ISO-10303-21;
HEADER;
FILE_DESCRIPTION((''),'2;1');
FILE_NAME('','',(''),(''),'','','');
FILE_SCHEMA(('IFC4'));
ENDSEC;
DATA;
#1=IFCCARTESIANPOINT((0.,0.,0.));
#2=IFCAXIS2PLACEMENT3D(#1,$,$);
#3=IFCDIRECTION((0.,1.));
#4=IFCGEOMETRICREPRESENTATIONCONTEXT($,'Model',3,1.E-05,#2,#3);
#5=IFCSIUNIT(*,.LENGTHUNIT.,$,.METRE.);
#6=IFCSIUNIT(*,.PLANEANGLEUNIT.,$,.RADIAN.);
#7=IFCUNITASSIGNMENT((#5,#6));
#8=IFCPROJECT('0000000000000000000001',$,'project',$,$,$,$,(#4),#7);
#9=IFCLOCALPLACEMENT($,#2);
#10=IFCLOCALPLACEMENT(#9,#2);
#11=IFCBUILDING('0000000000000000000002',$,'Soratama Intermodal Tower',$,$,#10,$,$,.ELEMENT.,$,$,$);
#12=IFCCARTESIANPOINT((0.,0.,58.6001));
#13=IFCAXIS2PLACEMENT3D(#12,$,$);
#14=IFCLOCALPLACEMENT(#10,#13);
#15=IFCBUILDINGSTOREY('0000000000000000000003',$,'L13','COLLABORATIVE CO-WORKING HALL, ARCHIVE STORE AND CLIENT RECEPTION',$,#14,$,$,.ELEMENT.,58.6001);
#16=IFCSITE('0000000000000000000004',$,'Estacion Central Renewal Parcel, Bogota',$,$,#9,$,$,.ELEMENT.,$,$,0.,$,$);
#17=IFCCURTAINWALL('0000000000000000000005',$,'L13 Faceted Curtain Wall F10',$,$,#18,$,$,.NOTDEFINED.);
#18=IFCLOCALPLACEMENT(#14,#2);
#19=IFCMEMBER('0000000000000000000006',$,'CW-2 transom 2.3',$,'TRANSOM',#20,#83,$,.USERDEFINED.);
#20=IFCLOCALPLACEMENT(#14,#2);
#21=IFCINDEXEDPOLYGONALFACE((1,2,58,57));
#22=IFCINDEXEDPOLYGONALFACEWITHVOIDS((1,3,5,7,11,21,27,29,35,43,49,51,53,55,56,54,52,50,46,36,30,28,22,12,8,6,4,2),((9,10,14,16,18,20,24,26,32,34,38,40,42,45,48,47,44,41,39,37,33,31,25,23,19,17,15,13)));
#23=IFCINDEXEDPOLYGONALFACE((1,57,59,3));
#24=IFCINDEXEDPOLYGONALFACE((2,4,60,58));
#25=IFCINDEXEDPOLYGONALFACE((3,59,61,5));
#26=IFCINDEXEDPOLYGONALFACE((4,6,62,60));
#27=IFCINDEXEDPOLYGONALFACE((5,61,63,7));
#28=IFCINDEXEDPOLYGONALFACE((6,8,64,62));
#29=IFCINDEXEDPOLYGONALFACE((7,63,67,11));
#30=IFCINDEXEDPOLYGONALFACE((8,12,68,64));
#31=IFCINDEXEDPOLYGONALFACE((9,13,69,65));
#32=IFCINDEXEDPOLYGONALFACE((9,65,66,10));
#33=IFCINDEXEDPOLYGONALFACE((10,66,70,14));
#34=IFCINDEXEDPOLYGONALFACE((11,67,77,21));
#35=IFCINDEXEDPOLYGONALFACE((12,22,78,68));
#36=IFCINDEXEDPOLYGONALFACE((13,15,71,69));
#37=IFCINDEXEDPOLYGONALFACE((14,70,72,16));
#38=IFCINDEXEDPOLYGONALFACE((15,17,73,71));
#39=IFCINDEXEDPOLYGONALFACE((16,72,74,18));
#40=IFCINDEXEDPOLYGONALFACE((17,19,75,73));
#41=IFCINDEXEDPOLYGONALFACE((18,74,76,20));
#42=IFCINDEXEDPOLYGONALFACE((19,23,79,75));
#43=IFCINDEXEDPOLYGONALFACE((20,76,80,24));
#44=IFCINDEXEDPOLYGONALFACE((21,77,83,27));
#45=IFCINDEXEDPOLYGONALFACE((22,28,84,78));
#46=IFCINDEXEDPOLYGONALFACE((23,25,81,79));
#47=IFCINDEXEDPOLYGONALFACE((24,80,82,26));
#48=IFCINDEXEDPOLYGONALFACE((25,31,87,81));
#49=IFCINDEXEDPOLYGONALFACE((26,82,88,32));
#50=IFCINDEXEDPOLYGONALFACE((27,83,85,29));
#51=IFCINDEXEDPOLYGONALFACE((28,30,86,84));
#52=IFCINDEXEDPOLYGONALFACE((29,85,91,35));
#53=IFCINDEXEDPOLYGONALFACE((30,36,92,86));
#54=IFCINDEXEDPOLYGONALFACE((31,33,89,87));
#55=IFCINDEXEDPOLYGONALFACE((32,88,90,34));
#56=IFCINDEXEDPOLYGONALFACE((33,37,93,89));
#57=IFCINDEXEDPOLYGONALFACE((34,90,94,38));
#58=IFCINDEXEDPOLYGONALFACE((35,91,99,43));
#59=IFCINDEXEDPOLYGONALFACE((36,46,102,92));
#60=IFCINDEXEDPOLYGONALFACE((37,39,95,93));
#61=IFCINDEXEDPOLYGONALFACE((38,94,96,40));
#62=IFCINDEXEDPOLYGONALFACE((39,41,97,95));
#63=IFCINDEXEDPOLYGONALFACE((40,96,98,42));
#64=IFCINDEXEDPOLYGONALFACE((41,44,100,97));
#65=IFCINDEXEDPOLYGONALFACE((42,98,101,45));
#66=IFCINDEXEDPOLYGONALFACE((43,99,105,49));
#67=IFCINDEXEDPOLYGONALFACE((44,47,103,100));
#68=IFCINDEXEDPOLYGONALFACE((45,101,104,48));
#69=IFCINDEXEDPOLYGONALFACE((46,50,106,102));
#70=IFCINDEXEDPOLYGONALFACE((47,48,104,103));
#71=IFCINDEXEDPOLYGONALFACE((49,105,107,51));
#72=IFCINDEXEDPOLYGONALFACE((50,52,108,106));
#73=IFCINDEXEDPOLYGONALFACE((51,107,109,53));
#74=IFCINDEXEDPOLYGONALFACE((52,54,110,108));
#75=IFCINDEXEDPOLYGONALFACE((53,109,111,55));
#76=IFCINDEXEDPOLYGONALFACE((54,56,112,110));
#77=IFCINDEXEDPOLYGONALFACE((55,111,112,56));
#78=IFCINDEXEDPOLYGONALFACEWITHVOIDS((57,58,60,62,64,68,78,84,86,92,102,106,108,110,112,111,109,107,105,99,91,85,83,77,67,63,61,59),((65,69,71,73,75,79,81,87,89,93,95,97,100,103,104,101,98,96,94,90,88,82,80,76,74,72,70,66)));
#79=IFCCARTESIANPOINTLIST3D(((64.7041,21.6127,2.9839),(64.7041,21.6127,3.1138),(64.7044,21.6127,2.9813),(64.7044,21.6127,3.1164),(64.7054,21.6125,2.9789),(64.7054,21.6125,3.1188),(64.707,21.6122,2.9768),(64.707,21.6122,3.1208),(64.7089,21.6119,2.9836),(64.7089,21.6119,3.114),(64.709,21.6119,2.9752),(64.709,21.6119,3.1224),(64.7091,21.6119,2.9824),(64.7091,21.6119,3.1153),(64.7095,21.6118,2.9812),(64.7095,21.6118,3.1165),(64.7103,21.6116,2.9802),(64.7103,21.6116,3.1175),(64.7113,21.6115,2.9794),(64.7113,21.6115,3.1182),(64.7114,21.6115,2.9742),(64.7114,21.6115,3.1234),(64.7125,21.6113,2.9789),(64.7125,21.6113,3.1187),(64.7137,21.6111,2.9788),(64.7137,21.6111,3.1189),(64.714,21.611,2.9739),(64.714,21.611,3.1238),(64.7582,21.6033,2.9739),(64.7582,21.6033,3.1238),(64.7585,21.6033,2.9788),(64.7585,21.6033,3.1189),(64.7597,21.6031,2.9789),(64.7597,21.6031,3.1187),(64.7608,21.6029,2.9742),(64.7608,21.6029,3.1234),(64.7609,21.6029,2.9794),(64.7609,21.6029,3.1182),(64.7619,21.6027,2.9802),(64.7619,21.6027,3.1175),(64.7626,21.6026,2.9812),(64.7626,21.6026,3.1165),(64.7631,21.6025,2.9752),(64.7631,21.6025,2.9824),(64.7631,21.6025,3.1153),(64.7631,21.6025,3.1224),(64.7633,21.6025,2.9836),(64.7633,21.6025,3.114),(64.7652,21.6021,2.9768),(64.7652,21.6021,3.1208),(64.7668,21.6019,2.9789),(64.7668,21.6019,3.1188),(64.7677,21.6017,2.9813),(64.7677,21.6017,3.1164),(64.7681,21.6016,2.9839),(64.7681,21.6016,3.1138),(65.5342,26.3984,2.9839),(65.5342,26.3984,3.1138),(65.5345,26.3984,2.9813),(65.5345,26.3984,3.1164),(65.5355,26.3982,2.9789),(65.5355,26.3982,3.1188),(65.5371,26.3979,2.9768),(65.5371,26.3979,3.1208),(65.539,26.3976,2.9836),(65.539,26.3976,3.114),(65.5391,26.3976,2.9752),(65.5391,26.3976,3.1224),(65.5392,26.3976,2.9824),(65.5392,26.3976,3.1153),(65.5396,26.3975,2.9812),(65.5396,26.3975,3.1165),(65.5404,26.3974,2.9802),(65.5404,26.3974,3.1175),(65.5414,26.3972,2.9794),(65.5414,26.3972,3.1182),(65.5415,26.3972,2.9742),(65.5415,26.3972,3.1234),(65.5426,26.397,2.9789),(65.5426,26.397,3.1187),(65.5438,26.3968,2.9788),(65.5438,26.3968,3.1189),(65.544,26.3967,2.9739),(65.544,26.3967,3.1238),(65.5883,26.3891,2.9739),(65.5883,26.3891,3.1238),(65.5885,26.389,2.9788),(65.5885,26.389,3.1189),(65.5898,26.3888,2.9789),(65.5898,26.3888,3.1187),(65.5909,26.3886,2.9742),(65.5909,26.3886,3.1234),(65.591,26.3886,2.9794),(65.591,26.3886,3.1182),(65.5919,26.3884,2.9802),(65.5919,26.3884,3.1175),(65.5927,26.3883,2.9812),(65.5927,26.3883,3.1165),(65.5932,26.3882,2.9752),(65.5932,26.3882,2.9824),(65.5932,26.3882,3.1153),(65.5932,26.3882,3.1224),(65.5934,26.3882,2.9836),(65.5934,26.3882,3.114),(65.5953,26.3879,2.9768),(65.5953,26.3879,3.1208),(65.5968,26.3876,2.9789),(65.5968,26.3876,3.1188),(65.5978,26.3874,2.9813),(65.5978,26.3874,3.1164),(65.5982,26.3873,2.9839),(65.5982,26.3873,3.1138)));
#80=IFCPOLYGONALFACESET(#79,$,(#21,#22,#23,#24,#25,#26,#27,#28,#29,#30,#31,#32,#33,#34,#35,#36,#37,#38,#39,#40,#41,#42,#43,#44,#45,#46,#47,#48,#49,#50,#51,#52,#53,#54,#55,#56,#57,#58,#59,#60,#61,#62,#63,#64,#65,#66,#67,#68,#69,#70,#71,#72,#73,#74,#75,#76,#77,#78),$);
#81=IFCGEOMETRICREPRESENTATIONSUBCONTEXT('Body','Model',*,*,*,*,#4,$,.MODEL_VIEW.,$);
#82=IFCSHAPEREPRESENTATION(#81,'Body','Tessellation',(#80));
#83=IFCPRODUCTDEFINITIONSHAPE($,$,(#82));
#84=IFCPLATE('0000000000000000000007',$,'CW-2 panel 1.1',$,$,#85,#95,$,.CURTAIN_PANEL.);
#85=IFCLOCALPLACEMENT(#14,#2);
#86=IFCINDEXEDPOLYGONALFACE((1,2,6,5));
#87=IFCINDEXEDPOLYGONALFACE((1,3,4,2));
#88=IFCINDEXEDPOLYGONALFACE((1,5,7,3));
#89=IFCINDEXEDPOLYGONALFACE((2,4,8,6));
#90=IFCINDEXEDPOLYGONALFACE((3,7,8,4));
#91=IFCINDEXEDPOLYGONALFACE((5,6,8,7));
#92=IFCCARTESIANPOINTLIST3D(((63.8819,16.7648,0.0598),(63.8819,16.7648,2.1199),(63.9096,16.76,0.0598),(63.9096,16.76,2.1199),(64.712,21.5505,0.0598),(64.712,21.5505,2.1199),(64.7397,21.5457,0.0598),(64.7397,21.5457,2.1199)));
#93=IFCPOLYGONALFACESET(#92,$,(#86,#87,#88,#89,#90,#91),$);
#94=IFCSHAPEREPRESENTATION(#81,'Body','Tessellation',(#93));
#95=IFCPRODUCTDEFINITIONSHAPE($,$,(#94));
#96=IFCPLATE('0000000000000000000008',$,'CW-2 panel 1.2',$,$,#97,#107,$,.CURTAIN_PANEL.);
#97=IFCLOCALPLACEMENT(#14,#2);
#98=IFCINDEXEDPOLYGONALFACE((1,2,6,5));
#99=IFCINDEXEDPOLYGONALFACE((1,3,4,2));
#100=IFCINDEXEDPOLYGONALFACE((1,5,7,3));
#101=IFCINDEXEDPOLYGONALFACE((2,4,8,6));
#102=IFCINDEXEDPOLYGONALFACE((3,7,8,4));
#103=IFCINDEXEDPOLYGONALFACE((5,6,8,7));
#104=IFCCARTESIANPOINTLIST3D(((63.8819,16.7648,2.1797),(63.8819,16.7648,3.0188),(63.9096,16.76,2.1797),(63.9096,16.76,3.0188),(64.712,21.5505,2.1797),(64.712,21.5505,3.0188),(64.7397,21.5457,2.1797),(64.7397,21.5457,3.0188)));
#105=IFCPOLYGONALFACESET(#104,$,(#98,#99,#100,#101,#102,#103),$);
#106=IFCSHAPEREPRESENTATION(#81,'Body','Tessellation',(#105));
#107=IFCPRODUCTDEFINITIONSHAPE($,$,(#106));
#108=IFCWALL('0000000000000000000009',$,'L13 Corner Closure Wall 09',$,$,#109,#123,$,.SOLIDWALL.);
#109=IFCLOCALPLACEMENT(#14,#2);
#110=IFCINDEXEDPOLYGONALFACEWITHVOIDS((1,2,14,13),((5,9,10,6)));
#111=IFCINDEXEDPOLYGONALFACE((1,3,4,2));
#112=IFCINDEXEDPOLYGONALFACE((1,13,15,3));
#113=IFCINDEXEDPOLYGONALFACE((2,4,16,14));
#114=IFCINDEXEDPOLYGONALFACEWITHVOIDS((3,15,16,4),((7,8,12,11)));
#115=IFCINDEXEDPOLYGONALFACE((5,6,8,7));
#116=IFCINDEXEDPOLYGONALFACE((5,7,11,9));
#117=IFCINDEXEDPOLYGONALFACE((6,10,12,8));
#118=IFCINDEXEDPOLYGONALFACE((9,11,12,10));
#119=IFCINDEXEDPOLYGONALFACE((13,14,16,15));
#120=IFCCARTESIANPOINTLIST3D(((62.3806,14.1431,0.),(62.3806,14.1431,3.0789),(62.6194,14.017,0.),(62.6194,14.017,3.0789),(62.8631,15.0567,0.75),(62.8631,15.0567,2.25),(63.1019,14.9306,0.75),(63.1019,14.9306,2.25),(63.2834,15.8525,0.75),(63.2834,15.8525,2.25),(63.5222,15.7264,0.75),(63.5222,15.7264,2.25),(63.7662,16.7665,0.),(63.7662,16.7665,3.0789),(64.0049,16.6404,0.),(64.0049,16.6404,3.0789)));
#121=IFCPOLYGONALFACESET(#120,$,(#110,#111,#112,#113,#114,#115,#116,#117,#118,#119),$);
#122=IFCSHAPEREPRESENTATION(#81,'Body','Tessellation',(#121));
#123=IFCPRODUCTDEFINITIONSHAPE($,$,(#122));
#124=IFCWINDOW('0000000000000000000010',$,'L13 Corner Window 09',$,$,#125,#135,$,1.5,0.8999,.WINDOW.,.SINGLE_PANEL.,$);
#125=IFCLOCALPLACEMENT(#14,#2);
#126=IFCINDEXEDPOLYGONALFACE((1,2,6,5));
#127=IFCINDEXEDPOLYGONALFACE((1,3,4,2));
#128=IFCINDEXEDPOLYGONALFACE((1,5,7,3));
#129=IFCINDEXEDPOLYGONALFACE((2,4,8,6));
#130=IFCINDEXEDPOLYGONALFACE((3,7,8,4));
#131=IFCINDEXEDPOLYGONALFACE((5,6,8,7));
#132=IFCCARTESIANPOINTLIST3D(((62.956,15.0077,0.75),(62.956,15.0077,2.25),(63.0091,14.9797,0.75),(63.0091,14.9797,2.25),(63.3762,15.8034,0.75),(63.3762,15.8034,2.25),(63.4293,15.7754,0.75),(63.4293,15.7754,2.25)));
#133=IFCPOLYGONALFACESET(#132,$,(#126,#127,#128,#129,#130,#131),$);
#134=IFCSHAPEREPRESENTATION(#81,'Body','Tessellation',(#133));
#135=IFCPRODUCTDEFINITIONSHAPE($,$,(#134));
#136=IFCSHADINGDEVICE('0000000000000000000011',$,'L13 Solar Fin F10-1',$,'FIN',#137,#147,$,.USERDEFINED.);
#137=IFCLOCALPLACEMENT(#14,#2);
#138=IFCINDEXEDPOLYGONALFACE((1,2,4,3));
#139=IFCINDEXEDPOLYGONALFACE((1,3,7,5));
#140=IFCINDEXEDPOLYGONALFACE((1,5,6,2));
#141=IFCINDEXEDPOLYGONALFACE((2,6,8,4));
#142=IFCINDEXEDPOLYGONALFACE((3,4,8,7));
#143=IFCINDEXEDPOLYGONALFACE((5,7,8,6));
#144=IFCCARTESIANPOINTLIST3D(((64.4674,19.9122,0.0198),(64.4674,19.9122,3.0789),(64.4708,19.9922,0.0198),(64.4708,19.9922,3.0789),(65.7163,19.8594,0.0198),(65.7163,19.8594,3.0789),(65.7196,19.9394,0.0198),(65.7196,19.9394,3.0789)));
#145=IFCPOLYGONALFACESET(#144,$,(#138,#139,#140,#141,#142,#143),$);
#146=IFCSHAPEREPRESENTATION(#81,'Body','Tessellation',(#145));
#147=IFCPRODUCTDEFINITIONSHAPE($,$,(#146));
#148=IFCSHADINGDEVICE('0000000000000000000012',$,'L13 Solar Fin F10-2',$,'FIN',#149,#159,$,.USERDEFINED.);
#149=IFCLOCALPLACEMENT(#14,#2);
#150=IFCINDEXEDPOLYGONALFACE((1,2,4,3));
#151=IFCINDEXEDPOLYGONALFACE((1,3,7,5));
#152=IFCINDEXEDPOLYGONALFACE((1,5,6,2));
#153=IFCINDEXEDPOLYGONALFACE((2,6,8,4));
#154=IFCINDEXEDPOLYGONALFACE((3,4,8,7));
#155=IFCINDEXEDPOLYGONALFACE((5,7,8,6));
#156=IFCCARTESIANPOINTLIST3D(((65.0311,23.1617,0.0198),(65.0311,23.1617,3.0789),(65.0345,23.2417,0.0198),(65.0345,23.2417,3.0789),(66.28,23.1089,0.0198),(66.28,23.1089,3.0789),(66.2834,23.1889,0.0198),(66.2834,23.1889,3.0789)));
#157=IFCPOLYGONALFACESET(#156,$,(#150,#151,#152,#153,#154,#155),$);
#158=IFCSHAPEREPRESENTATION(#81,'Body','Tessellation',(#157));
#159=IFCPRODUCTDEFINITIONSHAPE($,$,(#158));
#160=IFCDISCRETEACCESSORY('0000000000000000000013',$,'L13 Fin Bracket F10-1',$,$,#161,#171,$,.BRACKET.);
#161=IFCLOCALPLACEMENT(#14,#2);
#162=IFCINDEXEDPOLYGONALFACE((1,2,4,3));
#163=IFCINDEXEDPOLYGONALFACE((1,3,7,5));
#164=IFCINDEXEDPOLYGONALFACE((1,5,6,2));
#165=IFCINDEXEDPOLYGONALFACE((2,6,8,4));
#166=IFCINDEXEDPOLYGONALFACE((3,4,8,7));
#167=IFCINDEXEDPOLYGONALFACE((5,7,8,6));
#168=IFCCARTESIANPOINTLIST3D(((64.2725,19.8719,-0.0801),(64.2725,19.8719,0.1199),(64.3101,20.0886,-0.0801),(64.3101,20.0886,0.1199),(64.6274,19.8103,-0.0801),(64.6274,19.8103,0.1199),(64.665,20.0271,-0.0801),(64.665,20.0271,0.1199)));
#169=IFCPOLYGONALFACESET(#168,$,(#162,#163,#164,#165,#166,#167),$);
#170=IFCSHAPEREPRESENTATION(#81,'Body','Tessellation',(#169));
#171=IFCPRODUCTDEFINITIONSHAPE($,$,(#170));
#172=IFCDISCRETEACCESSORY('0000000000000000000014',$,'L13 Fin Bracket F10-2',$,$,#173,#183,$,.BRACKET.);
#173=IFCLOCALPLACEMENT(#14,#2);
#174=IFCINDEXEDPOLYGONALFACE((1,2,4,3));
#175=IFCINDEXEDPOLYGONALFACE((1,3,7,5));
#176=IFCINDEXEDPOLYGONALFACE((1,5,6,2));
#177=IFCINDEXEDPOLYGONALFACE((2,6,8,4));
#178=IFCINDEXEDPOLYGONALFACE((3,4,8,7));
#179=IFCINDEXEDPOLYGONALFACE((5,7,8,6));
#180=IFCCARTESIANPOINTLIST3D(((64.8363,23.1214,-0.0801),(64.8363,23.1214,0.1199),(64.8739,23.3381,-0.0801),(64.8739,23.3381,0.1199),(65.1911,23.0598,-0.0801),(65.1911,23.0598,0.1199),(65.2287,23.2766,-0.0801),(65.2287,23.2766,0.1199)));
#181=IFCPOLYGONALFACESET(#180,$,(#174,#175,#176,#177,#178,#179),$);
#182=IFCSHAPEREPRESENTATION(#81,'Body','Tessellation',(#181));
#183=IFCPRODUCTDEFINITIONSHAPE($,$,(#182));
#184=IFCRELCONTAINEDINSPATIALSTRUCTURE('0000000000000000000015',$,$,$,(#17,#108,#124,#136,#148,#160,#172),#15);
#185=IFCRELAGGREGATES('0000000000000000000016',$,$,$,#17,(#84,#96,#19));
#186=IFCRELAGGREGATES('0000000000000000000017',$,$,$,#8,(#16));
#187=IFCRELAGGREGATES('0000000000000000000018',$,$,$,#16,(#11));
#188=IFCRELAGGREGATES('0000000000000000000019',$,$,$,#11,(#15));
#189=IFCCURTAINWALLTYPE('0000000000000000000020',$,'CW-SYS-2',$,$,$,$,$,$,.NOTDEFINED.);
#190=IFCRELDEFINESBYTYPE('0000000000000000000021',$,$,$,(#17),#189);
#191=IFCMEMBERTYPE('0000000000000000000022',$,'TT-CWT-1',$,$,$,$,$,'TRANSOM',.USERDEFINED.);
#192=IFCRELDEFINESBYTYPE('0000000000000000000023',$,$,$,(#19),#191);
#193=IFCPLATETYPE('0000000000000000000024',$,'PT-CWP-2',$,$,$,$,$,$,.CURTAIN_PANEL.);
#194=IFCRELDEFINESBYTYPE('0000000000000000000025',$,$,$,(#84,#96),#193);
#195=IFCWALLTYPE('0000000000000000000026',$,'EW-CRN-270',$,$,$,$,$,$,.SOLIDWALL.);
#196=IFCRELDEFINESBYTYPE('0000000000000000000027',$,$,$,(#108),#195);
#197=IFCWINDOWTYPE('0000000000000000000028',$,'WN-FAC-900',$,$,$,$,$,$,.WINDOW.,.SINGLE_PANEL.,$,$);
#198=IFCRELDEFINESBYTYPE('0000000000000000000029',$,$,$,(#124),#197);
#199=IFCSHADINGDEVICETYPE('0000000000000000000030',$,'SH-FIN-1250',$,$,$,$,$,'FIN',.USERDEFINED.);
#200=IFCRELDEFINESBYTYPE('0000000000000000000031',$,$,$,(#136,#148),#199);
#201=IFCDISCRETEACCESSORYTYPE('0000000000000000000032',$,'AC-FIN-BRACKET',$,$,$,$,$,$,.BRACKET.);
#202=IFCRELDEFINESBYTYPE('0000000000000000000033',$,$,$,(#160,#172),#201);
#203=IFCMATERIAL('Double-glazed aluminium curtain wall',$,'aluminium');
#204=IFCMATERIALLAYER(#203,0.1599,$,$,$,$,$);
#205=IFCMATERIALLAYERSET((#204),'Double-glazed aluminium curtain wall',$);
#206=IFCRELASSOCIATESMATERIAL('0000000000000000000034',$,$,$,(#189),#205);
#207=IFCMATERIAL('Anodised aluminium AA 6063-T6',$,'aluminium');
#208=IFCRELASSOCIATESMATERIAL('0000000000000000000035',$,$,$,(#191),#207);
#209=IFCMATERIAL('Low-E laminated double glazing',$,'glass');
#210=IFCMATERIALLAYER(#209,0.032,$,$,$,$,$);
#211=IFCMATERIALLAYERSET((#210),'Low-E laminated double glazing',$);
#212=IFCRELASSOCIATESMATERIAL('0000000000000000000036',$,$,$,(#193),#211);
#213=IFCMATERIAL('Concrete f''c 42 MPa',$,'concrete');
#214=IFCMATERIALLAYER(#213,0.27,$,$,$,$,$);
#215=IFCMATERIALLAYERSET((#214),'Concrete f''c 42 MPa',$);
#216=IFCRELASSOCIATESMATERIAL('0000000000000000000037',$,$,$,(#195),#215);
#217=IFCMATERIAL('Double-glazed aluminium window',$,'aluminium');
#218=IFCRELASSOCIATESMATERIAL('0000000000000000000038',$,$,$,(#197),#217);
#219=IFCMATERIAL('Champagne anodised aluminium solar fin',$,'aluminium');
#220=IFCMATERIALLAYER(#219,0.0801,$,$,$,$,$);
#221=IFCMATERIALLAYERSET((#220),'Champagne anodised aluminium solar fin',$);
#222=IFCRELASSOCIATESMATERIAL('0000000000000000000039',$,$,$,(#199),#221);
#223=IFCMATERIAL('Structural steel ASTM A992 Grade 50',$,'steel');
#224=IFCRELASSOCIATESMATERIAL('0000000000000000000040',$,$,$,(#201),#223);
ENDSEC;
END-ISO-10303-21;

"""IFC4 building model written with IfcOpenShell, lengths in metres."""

from ifc_helpers import new_model, si_unit, direction, frame, frame_2d, origin, origin_2d, place, context, subcontext, project, spatial, rectangle, hollow_rectangle, extrude, material, layer, layer_set, material_profile, profile_set, type_object, element, fill, aggregate, save


model = new_model("IFC4")

# Units and contexts
model_context = context("Model", 3, precision=1e-05, world=origin(), true_north=direction((0.0, 1.0)))
body_context = subcontext(model_context, "Body", "Model", "MODEL_VIEW")
ifc_project = project(units=[si_unit("LENGTHUNIT", "METRE"), si_unit("PLANEANGLEUNIT", "RADIAN")], contexts=[model_context])

# Site, building, storey
site_placement = place(None, origin())
site = spatial("IfcSite", under=ifc_project, at=site_placement, Name="Estacion Central Renewal Parcel, Bogota", CompositionType="ELEMENT", RefElevation=0.0)
building_placement = place(site_placement, origin())
building = spatial("IfcBuilding", under=site, at=building_placement, Name="Soratama Intermodal Tower", CompositionType="ELEMENT")
storey_placement = place(building_placement, frame((0.0, 0.0, 58.6001)))
storey = spatial("IfcBuildingStorey", under=building, at=storey_placement, Name="L13", Description="COLLABORATIVE CO-WORKING HALL, ARCHIVE STORE AND CLIENT RECEPTION", CompositionType="ELEMENT", Elevation=58.6001)

# Shared definitions
ifc_material_1 = material(Name="Double-glazed aluminium curtain wall", Category="aluminium")
ifc_layer_1 = layer(ifc_material_1, 0.1599)
ifc_layer_set_1 = layer_set([ifc_layer_1], Name="Double-glazed aluminium curtain wall")
curtain_wall_type = type_object("IfcCurtainWallType", Name="CW-SYS-2", PredefinedType="NOTDEFINED", material=ifc_layer_set_1)

# Curtain wall, member, plates
curtain_wall_1_placement = place(storey_placement, origin())
curtain_wall_1 = element("IfcCurtainWall", 1, at=curtain_wall_1_placement, inside=storey, type_object=curtain_wall_type, Name="L13 Faceted Curtain Wall F10", PredefinedType="NOTDEFINED")
ifc_material_2 = material(Name="Anodised aluminium AA 6063-T6", Category="aluminium")
ifc_material_profile_1 = material_profile(ifc_material_2, hollow_rectangle(XDim=0.0649, YDim=0.1499, WallThickness=0.0049, InnerFilletRadius=0.0049, OuterFilletRadius=0.01, at=origin_2d()), Name="CWT150X65X5")
ifc_profile_set_1 = profile_set([ifc_material_profile_1], Name="Anodised aluminium AA 6063-T6")
member_type_1 = type_object("IfcMemberType", Name="TT-CWT-1", ElementType="TRANSOM", PredefinedType="USERDEFINED", material=ifc_profile_set_1)
member_1_placement = place(storey_placement, frame((64.7361, 21.6072, 3.0488), z_axis=(0.1709, 0.985288, 0.0), x_axis=(-0.985288, 0.1709, 0.0)))
member_1 = element("IfcMember", 2, at=member_1_placement, type_object=member_type_1, Name="CW-2 transom 2.3", ObjectType="TRANSOM", PredefinedType="USERDEFINED", context=body_context, shape_type="SweptSolid", body=[
    extrude(hollow_rectangle(XDim=0.0649, YDim=0.1499, WallThickness=0.0049, InnerFilletRadius=0.0049, OuterFilletRadius=0.01, at=origin_2d()), origin(), (0.0, 0.0, 1.0), 4.8572),
])
ifc_material_3 = material(Name="Low-E laminated double glazing", Category="glass")
ifc_layer_2 = layer(ifc_material_3, 0.032)
ifc_layer_set_2 = layer_set([ifc_layer_2], Name="Low-E laminated double glazing")
plate_type = type_object("IfcPlateType", Name="PT-CWP-2", PredefinedType="CURTAIN_PANEL", material=ifc_layer_set_2)
plate_1_placement = place(storey_placement, frame((64.3108, 19.1553, 0.0598), z_axis=(0.0, 0.0, 1.0), x_axis=(0.170899, 0.985289, 0.0)))
plate_1 = element("IfcPlate", 3, at=plate_1_placement, type_object=plate_type, Name="CW-2 panel 1.1", PredefinedType="CURTAIN_PANEL", context=body_context, shape_type="SweptSolid", body=[
    extrude(rectangle(XDim=4.8572, YDim=0.0281, at=origin_2d()), origin(), (0.0, 0.0, 1.0), 2.0601),
])
plate_2_placement = place(storey_placement, frame((64.3108, 19.1553, 2.1797), z_axis=(0.0, 0.0, 1.0), x_axis=(0.170899, 0.985289, 0.0)))
plate_2 = element("IfcPlate", 4, at=plate_2_placement, type_object=plate_type, Name="CW-2 panel 1.2", PredefinedType="CURTAIN_PANEL", context=body_context, shape_type="SweptSolid", body=[
    extrude(rectangle(XDim=4.8572, YDim=0.0281, at=origin_2d()), origin(), (0.0, 0.0, 1.0), 0.8391),
])
aggregate(curtain_wall_1, [plate_1, plate_2, member_1])

# Wall, opening, window
ifc_material_4 = material(Name="Concrete f'c 42 MPa", Category="concrete")
ifc_layer_3 = layer(ifc_material_4, 0.27)
ifc_layer_set_3 = layer_set([ifc_layer_3], Name="Concrete f'c 42 MPa")
wall_type = type_object("IfcWallType", Name="EW-CRN-270", PredefinedType="SOLIDWALL", material=ifc_layer_set_3)
wall_placement = place(storey_placement, frame((62.5, 14.0801, 0.0), z_axis=(0.0, 0.0, 1.0), x_axis=(0.467018, 0.884248, 0.0)))
wall = element("IfcWall", 5, at=wall_placement, inside=storey, type_object=wall_type, Name="L13 Corner Closure Wall 09", PredefinedType="SOLIDWALL", context=body_context, shape_type="SweptSolid", body=[
    extrude(rectangle(XDim=2.9668, YDim=0.27, at=frame_2d((1.4834, 0.0))), origin(), (0.0, 0.0, 1.0), 3.0789),
])
opening_placement = place(wall_placement, frame((1.0332, 0.0, 0.75)))
opening = element("IfcOpeningElement", 6, at=opening_placement, cuts=wall, PredefinedType="OPENING", context=body_context, shape_type="SweptSolid", body=[
    extrude(rectangle(XDim=0.8999, YDim=1.5, at=frame_2d((0.45, 0.75))), frame((0.0, 0.145, 0.0), z_axis=(0.0, -1.0, 0.0), x_axis=(1.0, 0.0, 0.0)), (0.0, 0.0, 1.0), 0.29),
])
ifc_material_5 = material(Name="Double-glazed aluminium window", Category="aluminium")
window_type = type_object("IfcWindowType", Name="WN-FAC-900", PartitioningType="SINGLE_PANEL", PredefinedType="WINDOW", material=ifc_material_5)
window_placement = place(opening_placement, origin())
window = element("IfcWindow", 7, at=window_placement, inside=storey, type_object=window_type, Name="L13 Corner Window 09", OverallHeight=1.5, OverallWidth=0.8999, PartitioningType="SINGLE_PANEL", PredefinedType="WINDOW", context=body_context, shape_type="SweptSolid", body=[
    extrude(rectangle(XDim=0.8999, YDim=1.5, at=frame_2d((0.45, 0.75))), frame((0.0, 0.03, 0.0), z_axis=(0.0, -1.0, 0.0), x_axis=(1.0, 0.0, 0.0)), (0.0, 0.0, 1.0), 0.0601),
])
fill(opening, window)

# Shading devices
ifc_material_6 = material(Name="Champagne anodised aluminium solar fin", Category="aluminium")
ifc_layer_4 = layer(ifc_material_6, 0.0801)
ifc_layer_set_4 = layer_set([ifc_layer_4], Name="Champagne anodised aluminium solar fin")
shading_device_type = type_object("IfcShadingDeviceType", Name="SH-FIN-1250", ElementType="FIN", PredefinedType="USERDEFINED", material=ifc_layer_set_4)
for number, where, z_axis, x_axis, name in (
    (8, (65.0935, 19.9258, 0.0198), (0.0, 0.0, 1.0), (0.999108, -0.042224, 0.0), "L13 Solar Fin F10-1"),
    (9, (65.6572, 23.1753, 0.0198), (0.0, 0.0, 1.0), (0.999108, -0.042224, 0.0), "L13 Solar Fin F10-2"),
):
    element("IfcShadingDevice", number, at=place(storey_placement, frame(where, z_axis=z_axis, x_axis=x_axis)), inside=storey, type_object=shading_device_type, Name=name, ObjectType="FIN", PredefinedType="USERDEFINED", context=body_context, shape_type="SweptSolid", body=[
        extrude(rectangle(XDim=1.25, YDim=0.0801, at=origin_2d()), origin(), (0.0, 0.0, 1.0), 3.0591),
    ])

# Discrete accessories
ifc_material_7 = material(Name="Structural steel ASTM A992 Grade 50", Category="steel")
discrete_accessory_type = type_object("IfcDiscreteAccessoryType", Name="AC-FIN-BRACKET", PredefinedType="BRACKET", material=ifc_material_7)
for number, where, z_axis, x_axis, name in (
    (10, (64.4688, 19.9495, -0.0801), (0.0, 0.0, 1.0), (0.985289, -0.170897, 0.0), "L13 Fin Bracket F10-1"),
    (11, (65.0325, 23.199, -0.0801), (0.0, 0.0, 1.0), (0.985289, -0.170897, 0.0), "L13 Fin Bracket F10-2"),
):
    element("IfcDiscreteAccessory", number, at=place(storey_placement, frame(where, z_axis=z_axis, x_axis=x_axis)), inside=storey, type_object=discrete_accessory_type, Name=name, PredefinedType="BRACKET", context=body_context, shape_type="SweptSolid", body=[
        extrude(rectangle(XDim=0.3601, YDim=0.22, at=origin_2d()), origin(), (0.0, 0.0, 1.0), 0.2),
    ])

save(model, "model.ifc")
